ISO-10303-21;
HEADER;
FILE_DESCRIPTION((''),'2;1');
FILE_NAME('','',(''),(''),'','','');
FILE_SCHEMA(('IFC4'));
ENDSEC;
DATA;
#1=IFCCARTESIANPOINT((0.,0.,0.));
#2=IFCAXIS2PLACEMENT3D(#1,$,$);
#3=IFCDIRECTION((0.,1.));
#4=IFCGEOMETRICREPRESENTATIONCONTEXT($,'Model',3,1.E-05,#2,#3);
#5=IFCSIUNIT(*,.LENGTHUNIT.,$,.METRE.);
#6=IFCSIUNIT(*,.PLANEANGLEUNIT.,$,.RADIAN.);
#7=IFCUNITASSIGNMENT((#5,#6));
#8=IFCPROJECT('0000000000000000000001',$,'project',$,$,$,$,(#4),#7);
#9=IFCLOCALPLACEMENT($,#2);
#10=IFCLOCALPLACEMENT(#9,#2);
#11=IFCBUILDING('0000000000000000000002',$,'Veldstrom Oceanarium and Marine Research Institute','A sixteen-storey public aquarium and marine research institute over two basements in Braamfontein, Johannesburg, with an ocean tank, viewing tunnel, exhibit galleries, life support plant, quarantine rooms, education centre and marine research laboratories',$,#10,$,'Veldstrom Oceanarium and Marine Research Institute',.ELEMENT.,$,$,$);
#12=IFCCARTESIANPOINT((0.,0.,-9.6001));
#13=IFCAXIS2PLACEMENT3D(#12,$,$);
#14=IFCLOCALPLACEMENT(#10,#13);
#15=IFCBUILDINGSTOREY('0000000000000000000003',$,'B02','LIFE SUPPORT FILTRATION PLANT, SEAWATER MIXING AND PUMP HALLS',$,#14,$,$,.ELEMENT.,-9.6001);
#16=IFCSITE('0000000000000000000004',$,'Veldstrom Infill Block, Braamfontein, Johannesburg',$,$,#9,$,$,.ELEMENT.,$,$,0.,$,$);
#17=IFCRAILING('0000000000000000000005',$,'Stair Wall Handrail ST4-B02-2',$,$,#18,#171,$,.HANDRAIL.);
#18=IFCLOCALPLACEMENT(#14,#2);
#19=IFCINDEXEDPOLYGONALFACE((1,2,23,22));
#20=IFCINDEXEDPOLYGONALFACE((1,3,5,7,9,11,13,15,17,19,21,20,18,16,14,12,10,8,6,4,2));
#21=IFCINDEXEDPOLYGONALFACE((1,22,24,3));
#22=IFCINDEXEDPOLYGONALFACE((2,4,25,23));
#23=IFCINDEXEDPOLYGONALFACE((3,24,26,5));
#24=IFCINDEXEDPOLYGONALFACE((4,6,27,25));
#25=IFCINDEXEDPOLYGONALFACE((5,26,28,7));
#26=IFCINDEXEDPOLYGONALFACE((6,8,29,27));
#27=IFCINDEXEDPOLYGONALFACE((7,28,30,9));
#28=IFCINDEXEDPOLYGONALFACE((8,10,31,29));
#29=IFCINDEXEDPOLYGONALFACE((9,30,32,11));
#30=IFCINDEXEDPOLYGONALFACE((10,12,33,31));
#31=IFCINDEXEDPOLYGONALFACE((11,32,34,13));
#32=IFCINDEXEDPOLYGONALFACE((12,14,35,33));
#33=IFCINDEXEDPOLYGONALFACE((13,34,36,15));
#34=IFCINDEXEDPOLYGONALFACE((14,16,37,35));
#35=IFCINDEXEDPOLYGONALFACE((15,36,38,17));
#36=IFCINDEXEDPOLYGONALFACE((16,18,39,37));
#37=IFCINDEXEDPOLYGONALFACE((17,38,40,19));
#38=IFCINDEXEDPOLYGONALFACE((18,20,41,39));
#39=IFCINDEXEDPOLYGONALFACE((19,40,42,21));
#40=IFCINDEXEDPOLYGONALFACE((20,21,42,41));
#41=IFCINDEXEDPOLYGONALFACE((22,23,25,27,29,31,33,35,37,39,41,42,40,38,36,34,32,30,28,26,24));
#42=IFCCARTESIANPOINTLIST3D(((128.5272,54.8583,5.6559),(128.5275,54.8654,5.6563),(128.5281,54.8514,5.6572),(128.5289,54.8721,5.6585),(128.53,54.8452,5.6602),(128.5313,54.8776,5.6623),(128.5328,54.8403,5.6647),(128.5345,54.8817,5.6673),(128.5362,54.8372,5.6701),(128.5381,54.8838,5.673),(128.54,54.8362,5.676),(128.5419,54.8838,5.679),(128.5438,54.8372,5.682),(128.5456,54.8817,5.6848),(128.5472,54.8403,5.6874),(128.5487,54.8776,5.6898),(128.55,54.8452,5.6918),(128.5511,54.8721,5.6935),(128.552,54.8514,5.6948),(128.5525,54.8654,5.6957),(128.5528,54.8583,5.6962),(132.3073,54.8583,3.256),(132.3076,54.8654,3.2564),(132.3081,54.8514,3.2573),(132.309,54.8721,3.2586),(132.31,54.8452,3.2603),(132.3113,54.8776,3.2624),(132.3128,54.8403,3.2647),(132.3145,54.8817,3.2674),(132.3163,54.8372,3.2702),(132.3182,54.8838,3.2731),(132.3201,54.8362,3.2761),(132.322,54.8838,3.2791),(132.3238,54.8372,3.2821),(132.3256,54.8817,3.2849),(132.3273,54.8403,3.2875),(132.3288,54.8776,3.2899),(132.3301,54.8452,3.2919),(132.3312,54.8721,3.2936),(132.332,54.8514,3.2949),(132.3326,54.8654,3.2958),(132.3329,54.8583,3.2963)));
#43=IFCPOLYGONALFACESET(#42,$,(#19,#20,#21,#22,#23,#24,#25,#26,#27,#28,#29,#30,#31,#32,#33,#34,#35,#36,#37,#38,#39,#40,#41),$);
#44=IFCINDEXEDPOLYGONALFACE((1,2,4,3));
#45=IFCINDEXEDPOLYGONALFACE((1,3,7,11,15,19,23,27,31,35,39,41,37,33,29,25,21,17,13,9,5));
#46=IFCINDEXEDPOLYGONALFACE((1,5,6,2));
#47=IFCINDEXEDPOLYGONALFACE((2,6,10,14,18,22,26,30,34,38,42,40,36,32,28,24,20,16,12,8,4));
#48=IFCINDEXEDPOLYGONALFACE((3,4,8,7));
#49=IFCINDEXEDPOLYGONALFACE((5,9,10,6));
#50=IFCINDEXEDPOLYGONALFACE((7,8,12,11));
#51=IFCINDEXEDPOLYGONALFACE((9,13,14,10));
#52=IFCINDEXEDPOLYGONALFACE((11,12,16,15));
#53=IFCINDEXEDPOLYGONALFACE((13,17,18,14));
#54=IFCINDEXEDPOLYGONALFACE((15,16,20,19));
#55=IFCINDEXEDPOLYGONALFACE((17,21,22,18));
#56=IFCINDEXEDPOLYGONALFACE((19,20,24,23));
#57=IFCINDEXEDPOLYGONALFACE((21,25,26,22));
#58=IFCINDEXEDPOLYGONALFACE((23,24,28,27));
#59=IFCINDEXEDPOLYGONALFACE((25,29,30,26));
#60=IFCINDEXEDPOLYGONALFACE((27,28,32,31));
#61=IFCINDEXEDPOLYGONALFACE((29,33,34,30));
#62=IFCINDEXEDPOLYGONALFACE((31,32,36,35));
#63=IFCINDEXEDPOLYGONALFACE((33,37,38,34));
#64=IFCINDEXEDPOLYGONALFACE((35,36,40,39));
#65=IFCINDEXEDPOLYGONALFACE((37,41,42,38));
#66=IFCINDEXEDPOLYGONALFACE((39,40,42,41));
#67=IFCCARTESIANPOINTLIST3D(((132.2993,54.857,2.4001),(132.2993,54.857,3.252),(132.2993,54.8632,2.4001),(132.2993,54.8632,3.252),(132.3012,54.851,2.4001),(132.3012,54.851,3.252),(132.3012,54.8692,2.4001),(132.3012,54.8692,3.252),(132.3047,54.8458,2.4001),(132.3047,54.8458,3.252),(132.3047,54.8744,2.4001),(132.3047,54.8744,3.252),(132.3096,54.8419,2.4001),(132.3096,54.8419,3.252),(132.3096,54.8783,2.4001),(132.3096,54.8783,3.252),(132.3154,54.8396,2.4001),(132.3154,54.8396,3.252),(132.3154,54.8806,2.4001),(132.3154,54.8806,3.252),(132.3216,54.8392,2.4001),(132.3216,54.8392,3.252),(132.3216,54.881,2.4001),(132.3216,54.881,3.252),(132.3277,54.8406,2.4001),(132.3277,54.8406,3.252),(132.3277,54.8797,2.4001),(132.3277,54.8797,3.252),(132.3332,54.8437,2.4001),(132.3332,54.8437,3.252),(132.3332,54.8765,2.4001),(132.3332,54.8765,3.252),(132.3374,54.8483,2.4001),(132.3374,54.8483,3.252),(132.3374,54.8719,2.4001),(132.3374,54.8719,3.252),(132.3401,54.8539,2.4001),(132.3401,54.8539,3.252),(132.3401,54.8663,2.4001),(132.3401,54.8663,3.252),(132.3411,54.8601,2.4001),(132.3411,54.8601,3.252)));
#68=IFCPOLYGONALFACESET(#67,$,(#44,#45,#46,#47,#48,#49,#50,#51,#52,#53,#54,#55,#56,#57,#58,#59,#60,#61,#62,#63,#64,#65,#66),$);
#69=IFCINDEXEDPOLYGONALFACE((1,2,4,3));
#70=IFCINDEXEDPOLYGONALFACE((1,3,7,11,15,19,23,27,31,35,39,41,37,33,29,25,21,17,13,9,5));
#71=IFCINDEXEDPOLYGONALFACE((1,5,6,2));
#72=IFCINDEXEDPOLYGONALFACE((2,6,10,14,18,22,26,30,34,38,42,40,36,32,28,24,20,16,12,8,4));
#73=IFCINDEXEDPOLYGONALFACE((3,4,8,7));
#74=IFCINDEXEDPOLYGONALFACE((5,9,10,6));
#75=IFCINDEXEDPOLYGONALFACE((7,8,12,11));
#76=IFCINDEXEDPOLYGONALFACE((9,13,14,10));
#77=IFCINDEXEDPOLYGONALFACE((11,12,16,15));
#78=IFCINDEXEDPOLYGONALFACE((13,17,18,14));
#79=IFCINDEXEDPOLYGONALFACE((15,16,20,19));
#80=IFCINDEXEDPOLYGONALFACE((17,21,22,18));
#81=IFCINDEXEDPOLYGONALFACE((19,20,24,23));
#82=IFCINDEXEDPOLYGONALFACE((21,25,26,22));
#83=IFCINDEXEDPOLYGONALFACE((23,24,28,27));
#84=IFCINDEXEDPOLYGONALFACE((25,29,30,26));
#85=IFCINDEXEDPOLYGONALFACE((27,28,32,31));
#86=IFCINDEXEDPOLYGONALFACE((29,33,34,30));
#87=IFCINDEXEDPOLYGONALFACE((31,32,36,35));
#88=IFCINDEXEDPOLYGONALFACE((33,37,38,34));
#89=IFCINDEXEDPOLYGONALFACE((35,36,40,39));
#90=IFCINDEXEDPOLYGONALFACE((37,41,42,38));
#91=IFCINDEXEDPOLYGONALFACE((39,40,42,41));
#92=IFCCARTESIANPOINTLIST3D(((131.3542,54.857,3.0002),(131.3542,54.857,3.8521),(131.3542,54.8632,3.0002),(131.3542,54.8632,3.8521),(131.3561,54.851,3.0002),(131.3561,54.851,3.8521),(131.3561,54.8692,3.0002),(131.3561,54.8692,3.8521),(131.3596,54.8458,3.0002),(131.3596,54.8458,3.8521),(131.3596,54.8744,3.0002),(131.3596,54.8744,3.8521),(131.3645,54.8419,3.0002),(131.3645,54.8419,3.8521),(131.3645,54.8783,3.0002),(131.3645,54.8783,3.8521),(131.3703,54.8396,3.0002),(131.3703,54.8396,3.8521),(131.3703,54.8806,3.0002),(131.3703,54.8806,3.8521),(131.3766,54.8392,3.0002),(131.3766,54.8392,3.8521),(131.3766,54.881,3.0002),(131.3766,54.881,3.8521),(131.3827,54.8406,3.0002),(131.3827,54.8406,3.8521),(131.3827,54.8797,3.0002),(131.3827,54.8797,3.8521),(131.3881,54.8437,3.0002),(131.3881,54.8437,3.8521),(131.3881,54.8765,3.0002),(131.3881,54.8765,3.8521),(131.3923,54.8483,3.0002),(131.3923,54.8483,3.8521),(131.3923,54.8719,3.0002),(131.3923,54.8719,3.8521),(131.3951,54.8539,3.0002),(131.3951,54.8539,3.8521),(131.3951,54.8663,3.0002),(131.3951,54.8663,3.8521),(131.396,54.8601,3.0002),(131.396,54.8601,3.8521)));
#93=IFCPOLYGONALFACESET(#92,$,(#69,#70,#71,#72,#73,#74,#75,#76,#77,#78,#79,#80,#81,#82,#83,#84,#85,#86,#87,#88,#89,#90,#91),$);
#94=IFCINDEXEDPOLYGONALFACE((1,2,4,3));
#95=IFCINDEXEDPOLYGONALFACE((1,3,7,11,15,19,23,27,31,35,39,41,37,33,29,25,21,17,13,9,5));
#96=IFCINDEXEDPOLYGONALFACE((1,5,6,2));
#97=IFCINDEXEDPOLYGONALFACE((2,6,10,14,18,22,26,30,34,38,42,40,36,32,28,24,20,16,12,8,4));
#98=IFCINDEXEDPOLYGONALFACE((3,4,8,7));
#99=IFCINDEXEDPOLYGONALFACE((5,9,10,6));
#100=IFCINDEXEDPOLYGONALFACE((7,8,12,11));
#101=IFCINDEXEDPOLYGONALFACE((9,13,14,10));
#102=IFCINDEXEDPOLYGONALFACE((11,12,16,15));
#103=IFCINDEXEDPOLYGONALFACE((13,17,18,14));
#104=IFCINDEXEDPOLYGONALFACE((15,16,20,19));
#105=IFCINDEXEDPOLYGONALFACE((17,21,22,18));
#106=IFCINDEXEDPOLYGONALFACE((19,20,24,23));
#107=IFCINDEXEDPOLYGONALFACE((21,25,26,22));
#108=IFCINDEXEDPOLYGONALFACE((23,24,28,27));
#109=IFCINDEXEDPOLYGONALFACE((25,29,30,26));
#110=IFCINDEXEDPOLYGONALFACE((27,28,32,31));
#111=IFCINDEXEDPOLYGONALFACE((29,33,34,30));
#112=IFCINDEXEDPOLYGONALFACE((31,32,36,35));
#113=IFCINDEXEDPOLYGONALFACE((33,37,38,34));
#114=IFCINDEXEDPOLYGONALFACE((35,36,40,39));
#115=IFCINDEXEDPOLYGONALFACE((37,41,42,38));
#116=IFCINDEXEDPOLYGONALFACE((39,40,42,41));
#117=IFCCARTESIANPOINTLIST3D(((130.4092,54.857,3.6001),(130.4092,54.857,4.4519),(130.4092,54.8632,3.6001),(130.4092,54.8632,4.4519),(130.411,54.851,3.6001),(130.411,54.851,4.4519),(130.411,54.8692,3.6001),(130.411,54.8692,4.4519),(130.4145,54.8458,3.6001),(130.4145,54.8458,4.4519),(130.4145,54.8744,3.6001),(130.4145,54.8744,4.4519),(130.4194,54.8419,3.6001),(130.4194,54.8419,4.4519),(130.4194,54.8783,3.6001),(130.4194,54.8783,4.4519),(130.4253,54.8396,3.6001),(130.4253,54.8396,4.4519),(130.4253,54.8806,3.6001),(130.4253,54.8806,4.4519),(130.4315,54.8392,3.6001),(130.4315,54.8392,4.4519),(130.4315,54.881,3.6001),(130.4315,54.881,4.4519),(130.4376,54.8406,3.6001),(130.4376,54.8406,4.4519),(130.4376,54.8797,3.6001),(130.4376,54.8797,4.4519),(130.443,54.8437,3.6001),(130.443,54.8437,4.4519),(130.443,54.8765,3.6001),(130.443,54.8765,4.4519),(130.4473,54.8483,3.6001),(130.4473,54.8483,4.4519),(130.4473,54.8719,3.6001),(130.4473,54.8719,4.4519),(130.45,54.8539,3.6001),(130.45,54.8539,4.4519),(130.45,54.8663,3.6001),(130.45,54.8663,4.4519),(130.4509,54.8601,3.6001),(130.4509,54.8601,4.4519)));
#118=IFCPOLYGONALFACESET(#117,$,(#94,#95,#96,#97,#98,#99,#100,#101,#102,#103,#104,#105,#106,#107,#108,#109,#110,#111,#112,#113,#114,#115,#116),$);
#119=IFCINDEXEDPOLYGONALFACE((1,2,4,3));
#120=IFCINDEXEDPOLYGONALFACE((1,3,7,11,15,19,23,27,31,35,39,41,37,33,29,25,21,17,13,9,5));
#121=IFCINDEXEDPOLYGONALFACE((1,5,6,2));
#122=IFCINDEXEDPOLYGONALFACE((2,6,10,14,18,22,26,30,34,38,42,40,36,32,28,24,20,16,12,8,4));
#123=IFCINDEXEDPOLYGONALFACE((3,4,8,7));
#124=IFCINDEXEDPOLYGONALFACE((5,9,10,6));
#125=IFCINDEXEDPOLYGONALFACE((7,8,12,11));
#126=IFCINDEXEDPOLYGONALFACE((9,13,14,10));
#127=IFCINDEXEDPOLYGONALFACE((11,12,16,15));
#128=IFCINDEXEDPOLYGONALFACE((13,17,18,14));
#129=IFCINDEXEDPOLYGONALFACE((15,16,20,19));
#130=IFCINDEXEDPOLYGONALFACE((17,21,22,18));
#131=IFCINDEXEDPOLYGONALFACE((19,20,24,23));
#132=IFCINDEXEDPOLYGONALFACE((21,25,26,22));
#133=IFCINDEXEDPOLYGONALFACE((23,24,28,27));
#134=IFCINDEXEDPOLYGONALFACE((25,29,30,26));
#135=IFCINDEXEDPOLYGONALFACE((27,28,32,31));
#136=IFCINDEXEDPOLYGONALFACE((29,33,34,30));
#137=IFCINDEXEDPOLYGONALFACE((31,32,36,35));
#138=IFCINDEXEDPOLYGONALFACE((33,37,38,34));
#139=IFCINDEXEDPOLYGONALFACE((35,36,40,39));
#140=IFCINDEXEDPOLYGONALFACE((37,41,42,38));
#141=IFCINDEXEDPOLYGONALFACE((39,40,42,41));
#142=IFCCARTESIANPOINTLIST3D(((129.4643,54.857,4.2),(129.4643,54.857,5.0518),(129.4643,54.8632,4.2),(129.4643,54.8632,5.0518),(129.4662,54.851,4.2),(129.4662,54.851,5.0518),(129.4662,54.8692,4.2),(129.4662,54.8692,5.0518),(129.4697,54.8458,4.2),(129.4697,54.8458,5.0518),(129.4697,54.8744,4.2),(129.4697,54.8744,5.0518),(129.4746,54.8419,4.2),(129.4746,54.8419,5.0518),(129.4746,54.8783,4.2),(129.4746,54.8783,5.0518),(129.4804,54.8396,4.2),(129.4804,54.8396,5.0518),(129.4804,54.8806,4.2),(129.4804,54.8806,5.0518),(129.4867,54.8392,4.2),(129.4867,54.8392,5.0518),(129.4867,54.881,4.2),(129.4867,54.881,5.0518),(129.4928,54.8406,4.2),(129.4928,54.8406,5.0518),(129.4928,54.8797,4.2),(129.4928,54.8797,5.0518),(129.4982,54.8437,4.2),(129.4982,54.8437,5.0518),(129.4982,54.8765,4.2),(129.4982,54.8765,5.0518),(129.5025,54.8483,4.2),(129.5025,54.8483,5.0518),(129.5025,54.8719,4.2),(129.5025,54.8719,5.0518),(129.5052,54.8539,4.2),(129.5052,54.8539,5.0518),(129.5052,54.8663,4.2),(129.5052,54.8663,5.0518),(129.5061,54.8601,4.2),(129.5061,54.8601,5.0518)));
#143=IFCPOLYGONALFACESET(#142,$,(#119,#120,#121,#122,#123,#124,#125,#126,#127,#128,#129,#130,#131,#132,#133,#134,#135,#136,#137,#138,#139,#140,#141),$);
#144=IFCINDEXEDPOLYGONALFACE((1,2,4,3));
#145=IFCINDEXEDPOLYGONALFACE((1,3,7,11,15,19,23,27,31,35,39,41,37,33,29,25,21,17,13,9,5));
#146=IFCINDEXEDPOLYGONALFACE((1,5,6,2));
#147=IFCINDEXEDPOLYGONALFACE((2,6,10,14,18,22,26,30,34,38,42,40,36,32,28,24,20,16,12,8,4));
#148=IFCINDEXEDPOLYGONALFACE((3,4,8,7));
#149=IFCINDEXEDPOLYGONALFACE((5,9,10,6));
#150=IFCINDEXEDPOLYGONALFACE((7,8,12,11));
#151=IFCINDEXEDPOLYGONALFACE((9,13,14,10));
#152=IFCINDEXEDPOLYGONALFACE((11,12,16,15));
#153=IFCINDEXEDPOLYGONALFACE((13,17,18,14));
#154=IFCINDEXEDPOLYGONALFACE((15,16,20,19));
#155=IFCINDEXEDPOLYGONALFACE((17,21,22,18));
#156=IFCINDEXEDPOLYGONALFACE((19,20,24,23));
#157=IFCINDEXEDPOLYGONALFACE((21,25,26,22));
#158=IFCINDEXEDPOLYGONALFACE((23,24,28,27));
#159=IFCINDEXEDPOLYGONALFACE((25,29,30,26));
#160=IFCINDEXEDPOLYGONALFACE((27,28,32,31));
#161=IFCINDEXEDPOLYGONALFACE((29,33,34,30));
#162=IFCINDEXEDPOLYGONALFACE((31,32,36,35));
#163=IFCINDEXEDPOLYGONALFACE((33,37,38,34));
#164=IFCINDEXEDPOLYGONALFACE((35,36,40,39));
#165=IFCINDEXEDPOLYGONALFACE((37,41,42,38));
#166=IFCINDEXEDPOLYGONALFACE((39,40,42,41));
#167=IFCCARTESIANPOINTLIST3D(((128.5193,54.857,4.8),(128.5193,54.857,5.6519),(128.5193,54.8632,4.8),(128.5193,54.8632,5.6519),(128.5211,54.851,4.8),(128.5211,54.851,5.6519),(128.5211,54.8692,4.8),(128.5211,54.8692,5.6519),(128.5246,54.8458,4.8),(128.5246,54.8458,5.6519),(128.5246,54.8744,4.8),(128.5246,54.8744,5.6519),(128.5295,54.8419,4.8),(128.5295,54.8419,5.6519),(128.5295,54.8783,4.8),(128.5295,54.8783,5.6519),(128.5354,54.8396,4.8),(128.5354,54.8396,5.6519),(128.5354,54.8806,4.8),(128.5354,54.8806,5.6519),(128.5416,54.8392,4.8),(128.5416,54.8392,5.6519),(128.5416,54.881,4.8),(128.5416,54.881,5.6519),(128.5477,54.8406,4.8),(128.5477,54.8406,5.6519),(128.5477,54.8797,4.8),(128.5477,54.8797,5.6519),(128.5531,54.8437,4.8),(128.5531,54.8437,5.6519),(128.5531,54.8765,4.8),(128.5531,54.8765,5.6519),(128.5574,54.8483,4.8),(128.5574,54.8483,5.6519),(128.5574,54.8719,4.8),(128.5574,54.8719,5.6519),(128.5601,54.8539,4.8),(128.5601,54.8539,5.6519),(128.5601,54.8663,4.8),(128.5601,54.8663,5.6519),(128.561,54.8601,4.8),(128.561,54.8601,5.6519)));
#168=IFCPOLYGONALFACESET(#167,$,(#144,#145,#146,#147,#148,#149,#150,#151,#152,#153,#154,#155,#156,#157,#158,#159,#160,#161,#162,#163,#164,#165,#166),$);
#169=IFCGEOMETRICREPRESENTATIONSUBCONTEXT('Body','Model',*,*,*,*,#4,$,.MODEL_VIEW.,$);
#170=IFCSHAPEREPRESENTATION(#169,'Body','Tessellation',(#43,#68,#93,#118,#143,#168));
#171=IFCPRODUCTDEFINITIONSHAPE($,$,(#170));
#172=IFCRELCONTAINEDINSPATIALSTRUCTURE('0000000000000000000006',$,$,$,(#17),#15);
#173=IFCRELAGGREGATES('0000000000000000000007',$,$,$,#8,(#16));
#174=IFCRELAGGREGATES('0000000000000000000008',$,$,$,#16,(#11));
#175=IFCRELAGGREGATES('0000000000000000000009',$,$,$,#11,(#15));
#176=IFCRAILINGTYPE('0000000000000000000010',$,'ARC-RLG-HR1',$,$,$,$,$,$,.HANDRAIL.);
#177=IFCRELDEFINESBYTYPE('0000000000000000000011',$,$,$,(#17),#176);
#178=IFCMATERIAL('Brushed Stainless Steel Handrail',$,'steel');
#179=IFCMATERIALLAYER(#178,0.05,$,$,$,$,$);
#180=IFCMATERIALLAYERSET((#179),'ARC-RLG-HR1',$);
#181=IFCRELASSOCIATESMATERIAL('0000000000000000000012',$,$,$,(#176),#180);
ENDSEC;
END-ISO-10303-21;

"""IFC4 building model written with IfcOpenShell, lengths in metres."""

from ifc_helpers import new_model, si_unit, direction, frame, origin, origin_2d, place, context, subcontext, project, spatial, circle, extrude, material, layer, layer_set, type_object, element, save


model = new_model("IFC4")

# Units and contexts
model_context = context("Model", 3, precision=1e-05, world=origin(), true_north=direction((0.0, 1.0)))
body_context = subcontext(model_context, "Body", "Model", "MODEL_VIEW")
ifc_project = project(units=[si_unit("LENGTHUNIT", "METRE"), si_unit("PLANEANGLEUNIT", "RADIAN")], contexts=[model_context])

# Site, building, storey
site_placement = place(None, origin())
site = spatial("IfcSite", under=ifc_project, at=site_placement, Name="Veldstrom Infill Block, Braamfontein, Johannesburg", CompositionType="ELEMENT", RefElevation=0.0)
building_placement = place(site_placement, origin())
building = spatial("IfcBuilding", under=site, at=building_placement, Name="Veldstrom Oceanarium and Marine Research Institute", Description="A sixteen-storey public aquarium and marine research institute over two basements in Braamfontein, Johannesburg, with an ocean tank, viewing tunnel, exhibit galleries, life support plant, quarantine rooms, education centre and marine research laboratories", LongName="Veldstrom Oceanarium and Marine Research Institute", CompositionType="ELEMENT")
storey_placement = place(building_placement, frame((0.0, 0.0, -9.6001)))
storey = spatial("IfcBuildingStorey", under=building, at=storey_placement, Name="B02", Description="LIFE SUPPORT FILTRATION PLANT, SEAWATER MIXING AND PUMP HALLS", CompositionType="ELEMENT", Elevation=-9.6001)

# Railing
ifc_material_1 = material(Name="Brushed Stainless Steel Handrail", Category="steel")
ifc_layer_1 = layer(ifc_material_1, 0.05)
ifc_layer_set_1 = layer_set([ifc_layer_1], Name="ARC-RLG-HR1")
railing_type_1 = type_object("IfcRailingType", Name="ARC-RLG-HR1", PredefinedType="HANDRAIL", material=ifc_layer_set_1)
railing_1_placement = place(storey_placement, frame((132.3201, 54.8601, 2.4001)))
element("IfcRailing", 1, at=railing_1_placement, inside=storey, type_object=railing_type_1, Name="Stair Wall Handrail ST4-B02-2", PredefinedType="HANDRAIL", context=body_context, shape_type="SweptSolid", body=[
    extrude(circle(Radius=0.0239, at=origin_2d()), frame((0.0, 0.0, 0.876), z_axis=(-0.844225, 0.0, 0.53599), x_axis=(0.0, -1.0, 0.0)), (0.0, 0.0, 1.0), 4.4775),
    extrude(circle(Radius=0.021, at=origin_2d()), origin(), (0.0, 0.0, 1.0), 0.8518),
    extrude(circle(Radius=0.021, at=origin_2d()), frame((-0.9451, 0.0, 0.6001)), (0.0, 0.0, 1.0), 0.8518),
    extrude(circle(Radius=0.021, at=origin_2d()), frame((-1.8901, 0.0, 1.2)), (0.0, 0.0, 1.0), 0.8518),
    extrude(circle(Radius=0.021, at=origin_2d()), frame((-2.835, 0.0, 1.7998)), (0.0, 0.0, 1.0), 0.8518),
    extrude(circle(Radius=0.021, at=origin_2d()), frame((-3.78, 0.0, 2.3999)), (0.0, 0.0, 1.0), 0.8518),
])

save(model, "model.ifc")
